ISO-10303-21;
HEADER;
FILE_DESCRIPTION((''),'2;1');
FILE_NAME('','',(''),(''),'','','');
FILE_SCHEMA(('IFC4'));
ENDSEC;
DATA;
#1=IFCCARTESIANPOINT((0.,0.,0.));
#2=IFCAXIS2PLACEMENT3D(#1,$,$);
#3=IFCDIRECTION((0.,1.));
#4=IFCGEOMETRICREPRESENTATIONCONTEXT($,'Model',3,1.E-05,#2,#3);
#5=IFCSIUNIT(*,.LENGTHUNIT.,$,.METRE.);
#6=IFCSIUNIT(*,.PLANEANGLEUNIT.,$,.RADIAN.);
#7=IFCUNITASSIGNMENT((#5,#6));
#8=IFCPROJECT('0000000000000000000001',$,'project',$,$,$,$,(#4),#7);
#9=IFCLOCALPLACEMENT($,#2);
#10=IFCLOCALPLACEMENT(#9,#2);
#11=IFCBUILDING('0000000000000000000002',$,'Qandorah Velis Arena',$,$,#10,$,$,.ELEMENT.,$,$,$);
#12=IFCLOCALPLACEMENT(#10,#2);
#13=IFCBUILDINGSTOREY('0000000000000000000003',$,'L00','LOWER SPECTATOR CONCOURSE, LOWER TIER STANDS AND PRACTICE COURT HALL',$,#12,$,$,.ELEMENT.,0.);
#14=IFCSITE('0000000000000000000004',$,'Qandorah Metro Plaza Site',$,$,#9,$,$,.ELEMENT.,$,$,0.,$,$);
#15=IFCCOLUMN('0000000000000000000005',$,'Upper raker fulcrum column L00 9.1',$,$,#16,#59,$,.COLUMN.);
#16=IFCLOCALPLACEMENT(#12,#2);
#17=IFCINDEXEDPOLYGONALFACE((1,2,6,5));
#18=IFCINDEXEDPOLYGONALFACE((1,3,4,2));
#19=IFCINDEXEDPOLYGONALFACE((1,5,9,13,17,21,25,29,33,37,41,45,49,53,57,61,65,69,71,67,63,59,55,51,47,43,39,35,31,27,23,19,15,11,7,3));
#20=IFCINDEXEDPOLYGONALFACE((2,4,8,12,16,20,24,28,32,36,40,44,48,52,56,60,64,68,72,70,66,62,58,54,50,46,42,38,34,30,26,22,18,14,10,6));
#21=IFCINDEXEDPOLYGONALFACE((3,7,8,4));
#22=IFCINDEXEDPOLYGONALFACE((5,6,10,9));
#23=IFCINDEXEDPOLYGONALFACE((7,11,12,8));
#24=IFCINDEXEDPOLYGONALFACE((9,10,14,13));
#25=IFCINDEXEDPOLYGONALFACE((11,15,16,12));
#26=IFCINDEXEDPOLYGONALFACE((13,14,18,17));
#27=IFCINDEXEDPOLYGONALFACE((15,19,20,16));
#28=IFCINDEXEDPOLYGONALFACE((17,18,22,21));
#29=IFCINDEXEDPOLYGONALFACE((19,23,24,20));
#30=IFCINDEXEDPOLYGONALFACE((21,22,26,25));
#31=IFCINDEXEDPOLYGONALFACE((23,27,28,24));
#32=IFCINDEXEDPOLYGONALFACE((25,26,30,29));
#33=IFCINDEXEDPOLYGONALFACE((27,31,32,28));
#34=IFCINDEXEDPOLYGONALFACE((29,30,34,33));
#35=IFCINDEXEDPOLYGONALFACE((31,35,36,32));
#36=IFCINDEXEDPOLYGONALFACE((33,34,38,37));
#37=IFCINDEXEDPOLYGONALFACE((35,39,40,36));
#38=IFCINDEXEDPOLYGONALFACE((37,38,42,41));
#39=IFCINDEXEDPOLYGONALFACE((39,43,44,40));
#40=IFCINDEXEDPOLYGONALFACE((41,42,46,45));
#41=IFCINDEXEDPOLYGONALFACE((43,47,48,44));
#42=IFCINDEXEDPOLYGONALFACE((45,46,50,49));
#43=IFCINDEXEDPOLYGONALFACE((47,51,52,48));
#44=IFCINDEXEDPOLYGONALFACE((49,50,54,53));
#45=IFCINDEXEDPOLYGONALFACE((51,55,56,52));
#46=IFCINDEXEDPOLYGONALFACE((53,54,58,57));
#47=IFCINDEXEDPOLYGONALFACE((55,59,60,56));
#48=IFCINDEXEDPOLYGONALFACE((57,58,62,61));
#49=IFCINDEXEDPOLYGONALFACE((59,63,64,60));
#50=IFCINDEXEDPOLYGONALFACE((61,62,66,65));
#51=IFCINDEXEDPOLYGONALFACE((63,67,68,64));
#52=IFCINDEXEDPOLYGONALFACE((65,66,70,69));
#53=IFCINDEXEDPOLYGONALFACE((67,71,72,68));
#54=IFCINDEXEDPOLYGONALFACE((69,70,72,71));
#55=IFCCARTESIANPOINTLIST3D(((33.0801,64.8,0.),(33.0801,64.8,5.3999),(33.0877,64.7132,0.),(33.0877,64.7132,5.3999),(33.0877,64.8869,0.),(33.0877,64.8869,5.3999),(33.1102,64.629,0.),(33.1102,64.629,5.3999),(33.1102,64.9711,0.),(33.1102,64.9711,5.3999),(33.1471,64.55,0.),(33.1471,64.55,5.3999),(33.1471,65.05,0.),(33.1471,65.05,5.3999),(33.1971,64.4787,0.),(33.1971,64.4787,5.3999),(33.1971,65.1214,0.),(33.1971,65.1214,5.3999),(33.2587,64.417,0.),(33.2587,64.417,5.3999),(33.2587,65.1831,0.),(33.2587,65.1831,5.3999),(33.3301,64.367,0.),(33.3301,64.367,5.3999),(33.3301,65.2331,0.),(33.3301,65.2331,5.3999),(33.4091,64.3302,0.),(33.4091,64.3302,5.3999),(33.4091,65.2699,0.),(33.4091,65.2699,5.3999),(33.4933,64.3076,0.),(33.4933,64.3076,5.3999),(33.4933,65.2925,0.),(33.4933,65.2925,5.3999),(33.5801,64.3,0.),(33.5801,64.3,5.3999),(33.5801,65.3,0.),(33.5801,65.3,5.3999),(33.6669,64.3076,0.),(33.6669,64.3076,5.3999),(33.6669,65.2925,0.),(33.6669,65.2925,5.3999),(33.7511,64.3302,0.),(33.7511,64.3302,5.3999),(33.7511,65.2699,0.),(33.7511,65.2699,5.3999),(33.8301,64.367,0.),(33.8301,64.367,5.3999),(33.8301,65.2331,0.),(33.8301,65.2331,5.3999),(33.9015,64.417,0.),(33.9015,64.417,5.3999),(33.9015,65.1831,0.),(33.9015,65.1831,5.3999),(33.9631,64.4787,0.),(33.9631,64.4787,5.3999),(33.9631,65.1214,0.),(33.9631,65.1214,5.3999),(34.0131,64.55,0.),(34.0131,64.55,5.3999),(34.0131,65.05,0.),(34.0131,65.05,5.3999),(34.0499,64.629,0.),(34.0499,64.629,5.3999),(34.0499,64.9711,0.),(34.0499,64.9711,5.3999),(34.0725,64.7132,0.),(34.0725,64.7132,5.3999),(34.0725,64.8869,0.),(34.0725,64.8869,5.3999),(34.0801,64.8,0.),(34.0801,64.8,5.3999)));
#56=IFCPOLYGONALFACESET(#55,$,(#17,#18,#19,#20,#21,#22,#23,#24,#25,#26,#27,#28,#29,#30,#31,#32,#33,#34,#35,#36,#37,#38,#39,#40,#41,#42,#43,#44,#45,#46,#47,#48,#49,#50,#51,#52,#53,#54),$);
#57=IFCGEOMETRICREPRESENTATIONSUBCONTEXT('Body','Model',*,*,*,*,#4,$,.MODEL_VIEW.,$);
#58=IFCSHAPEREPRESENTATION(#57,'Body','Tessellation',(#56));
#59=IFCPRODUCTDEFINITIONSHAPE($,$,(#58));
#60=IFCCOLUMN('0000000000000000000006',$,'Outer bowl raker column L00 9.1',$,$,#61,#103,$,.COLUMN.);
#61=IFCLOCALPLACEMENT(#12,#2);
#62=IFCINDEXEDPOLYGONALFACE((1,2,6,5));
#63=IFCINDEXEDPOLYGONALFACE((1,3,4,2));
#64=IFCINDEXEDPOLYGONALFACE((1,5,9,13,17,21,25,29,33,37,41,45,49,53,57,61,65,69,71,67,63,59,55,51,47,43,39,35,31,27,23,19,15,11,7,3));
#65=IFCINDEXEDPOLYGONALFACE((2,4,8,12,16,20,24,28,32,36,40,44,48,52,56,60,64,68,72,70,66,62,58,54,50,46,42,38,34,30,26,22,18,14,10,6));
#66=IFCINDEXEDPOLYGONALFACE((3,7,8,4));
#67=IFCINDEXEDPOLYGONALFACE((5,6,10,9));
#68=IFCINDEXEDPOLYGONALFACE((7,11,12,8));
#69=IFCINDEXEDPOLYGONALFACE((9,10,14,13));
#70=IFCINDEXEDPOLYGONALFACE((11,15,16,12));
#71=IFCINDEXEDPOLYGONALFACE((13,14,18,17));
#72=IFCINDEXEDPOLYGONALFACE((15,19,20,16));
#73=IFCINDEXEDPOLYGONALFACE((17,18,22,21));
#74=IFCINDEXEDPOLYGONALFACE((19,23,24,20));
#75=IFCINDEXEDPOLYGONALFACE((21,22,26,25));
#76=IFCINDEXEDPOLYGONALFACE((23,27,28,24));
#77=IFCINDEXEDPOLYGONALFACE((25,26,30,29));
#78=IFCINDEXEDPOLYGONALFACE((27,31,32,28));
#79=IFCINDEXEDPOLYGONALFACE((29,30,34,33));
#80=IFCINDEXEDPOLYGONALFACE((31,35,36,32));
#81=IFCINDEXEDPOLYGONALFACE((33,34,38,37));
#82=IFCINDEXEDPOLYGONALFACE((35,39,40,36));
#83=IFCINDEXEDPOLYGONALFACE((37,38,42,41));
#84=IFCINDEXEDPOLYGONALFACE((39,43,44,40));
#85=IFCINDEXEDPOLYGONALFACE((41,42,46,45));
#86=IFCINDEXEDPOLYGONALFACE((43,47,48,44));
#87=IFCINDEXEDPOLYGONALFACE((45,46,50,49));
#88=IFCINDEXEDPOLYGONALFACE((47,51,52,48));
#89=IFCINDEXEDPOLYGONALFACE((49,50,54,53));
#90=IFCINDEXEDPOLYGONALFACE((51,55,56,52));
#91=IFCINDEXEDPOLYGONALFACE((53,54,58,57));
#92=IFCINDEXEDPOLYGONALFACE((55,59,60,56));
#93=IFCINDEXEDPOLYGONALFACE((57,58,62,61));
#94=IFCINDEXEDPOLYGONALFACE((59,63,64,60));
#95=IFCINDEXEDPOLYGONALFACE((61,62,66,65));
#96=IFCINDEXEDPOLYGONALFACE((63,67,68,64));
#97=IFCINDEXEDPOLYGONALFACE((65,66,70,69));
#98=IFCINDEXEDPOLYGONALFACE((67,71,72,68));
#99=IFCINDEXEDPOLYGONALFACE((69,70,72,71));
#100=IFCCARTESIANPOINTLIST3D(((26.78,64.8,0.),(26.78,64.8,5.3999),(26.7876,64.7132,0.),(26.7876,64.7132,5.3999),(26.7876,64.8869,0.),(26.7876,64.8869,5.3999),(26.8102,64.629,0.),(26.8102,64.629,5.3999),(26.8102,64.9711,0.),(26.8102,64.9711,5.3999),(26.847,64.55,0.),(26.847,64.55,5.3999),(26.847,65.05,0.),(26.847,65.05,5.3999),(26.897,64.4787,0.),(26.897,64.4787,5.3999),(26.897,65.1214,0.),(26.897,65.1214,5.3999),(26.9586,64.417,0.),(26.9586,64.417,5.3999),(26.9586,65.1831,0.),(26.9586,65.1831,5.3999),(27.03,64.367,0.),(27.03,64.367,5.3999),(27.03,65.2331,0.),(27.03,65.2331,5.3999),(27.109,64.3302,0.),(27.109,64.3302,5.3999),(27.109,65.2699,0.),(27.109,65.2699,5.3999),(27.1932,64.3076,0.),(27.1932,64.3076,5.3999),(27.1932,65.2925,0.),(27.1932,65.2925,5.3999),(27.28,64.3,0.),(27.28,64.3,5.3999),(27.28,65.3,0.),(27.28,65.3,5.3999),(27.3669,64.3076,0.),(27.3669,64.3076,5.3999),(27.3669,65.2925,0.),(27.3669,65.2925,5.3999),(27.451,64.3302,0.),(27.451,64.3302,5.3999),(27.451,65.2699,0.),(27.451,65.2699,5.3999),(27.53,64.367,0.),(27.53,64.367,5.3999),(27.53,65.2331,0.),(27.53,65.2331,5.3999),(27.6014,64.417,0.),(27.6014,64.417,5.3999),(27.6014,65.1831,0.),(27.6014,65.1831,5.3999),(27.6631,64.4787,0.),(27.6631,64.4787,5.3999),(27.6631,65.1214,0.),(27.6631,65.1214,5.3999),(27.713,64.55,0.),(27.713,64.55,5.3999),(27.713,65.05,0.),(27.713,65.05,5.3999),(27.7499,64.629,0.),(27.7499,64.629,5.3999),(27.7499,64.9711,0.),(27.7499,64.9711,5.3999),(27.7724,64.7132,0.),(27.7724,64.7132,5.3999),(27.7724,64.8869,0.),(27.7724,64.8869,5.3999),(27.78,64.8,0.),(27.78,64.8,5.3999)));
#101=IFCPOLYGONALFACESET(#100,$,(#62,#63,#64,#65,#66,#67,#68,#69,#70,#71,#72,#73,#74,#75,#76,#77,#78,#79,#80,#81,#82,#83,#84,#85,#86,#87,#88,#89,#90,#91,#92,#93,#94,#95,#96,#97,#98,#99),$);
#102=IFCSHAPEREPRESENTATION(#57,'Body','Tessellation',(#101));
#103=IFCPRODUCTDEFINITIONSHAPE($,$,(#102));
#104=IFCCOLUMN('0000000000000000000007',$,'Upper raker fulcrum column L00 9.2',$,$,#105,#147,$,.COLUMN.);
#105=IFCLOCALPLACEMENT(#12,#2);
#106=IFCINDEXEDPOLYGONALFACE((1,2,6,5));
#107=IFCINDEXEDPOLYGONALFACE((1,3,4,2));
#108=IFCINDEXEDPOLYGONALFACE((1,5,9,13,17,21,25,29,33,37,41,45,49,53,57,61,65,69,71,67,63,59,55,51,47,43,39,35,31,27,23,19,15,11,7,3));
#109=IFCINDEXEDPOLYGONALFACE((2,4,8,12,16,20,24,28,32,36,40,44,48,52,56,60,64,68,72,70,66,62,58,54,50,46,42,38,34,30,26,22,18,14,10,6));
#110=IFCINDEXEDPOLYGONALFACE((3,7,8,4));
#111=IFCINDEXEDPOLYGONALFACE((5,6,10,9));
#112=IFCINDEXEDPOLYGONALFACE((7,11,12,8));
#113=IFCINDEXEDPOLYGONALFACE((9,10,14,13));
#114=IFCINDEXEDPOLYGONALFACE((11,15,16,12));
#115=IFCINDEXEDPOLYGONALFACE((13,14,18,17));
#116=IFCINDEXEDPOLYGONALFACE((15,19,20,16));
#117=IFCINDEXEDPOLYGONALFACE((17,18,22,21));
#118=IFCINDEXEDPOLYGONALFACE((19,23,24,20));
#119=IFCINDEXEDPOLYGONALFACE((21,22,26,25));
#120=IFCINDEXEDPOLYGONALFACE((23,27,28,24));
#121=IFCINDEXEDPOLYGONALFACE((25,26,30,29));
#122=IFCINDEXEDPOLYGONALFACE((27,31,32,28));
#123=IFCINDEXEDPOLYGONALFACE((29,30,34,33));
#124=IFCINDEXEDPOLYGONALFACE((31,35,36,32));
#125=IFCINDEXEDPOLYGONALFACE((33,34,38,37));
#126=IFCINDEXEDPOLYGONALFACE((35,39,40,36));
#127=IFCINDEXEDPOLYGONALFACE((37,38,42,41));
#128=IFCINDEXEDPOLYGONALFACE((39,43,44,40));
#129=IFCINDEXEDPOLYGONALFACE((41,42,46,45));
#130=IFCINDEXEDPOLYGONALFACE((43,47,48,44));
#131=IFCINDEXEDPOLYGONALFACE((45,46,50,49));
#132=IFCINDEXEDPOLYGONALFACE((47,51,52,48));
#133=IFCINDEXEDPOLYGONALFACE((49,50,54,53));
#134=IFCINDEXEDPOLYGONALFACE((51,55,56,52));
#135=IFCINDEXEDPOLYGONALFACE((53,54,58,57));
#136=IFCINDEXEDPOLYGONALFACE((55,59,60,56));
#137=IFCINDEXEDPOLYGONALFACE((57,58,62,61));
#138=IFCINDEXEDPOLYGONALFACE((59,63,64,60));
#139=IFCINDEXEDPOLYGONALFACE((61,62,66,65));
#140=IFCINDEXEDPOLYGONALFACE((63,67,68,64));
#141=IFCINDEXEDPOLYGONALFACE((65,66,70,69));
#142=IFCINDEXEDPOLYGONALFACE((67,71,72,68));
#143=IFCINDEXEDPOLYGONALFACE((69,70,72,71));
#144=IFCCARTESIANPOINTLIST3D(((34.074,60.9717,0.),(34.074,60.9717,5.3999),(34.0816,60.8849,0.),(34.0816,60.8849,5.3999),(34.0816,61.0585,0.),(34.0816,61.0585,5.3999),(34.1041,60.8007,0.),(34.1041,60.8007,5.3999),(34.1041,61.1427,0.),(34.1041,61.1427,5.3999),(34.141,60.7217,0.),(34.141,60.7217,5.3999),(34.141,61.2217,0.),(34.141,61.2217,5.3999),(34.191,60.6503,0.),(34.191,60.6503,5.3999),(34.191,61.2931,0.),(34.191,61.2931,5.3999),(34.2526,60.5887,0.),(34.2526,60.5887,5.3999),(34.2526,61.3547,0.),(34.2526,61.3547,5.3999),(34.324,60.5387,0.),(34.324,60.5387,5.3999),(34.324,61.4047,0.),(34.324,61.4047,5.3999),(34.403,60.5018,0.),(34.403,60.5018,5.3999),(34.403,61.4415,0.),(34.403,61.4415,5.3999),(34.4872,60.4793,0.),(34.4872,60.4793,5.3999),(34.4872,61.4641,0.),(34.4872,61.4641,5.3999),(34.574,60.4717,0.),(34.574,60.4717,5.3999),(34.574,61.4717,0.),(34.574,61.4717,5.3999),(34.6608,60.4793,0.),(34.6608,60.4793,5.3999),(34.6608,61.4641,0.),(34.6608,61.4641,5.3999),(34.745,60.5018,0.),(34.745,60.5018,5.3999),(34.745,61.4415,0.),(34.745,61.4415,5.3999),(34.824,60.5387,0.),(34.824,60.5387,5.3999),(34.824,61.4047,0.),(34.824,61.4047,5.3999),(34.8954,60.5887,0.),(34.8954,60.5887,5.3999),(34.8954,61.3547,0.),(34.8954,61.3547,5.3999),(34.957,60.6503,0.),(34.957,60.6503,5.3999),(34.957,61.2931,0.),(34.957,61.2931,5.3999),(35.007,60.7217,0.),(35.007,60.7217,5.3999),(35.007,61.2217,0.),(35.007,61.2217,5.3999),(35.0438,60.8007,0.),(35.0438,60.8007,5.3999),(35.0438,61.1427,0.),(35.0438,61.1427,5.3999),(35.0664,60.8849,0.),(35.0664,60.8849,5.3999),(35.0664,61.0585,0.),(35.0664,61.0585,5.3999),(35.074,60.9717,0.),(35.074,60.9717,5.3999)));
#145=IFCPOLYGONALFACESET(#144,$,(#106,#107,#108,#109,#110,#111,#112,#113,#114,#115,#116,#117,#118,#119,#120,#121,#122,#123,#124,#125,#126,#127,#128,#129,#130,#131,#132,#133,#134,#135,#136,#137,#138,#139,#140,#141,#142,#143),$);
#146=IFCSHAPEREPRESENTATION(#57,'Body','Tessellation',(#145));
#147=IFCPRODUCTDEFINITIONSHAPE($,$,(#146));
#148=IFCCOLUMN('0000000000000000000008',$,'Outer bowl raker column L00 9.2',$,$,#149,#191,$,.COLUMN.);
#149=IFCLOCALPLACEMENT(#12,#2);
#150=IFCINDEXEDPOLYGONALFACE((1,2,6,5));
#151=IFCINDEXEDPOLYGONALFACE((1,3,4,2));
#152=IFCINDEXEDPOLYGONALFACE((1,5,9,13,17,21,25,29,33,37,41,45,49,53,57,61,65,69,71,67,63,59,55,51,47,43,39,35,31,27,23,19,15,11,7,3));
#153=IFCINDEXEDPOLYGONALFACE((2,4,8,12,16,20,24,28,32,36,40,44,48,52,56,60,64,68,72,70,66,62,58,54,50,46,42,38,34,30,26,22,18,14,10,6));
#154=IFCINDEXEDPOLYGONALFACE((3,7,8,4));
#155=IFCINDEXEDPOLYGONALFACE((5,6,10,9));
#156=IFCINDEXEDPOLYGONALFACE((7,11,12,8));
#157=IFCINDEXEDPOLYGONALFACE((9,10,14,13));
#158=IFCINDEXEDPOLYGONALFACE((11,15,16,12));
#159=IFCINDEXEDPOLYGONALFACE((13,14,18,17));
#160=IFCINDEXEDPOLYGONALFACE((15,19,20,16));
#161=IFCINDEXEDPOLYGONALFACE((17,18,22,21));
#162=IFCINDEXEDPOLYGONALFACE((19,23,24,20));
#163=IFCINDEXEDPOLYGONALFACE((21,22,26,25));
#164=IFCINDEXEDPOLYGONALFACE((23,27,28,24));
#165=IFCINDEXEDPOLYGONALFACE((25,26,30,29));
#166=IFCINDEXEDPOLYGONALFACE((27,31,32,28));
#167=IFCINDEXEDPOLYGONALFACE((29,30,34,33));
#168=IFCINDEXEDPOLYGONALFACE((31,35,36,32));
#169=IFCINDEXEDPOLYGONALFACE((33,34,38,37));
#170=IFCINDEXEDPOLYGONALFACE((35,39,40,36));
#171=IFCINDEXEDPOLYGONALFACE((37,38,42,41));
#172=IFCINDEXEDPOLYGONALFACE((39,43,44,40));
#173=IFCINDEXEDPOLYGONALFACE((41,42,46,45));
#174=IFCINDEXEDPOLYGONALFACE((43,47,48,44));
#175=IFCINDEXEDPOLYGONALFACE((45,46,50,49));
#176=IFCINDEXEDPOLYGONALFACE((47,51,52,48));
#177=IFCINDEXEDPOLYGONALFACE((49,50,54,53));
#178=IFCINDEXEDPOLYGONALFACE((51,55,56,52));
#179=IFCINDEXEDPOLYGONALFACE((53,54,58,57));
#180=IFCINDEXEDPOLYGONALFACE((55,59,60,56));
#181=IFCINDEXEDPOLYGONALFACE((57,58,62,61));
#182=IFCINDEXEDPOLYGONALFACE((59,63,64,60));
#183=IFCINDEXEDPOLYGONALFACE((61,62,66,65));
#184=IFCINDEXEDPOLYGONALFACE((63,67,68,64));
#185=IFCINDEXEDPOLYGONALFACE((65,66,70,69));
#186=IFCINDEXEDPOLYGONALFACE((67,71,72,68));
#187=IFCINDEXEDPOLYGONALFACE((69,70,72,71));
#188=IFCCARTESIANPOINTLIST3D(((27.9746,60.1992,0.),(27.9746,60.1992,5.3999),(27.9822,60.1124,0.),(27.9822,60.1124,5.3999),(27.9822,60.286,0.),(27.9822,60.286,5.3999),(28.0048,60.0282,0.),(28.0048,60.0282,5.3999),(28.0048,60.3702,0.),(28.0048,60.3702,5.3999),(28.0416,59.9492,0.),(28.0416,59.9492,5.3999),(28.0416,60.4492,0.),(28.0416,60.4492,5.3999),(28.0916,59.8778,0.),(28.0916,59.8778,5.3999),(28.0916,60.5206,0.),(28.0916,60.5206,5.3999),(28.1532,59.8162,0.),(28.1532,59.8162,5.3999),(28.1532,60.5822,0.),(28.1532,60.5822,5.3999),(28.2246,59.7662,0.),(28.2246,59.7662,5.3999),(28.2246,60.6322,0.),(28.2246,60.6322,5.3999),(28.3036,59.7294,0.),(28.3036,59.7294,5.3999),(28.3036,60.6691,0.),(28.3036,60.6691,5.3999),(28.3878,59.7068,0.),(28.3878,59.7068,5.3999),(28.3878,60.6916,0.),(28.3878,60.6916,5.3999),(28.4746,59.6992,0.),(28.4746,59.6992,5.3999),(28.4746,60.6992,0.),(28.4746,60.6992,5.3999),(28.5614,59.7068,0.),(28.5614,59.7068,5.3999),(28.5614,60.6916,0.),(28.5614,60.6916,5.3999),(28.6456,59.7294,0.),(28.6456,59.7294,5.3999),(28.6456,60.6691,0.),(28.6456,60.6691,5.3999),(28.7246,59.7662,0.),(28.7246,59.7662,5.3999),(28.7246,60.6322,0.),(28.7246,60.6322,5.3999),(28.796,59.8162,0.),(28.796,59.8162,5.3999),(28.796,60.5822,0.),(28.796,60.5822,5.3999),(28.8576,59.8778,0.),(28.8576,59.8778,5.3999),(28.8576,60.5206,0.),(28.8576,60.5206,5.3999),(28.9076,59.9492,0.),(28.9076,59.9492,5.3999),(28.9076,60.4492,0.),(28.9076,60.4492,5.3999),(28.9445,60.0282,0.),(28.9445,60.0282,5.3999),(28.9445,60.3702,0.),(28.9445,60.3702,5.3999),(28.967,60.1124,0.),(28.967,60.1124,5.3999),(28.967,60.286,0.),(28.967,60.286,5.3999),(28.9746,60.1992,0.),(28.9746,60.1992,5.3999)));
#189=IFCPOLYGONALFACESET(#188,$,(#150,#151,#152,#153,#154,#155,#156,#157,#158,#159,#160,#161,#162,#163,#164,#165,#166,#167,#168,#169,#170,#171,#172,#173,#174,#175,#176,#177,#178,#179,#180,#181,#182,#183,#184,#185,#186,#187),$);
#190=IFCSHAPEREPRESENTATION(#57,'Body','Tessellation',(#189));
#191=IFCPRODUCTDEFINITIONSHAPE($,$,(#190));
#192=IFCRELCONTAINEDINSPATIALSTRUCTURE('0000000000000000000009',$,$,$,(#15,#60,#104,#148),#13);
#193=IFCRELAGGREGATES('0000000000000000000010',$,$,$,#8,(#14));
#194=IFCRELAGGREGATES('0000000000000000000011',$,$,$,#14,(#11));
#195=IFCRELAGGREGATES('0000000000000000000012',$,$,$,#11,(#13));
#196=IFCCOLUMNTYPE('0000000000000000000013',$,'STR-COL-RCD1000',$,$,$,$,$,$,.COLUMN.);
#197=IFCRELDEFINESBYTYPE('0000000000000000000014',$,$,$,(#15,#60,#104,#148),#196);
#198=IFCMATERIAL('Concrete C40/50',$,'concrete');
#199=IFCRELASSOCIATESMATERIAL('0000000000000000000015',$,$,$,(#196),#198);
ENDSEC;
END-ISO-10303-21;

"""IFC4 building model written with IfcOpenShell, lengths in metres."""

from ifc_helpers import new_model, si_unit, direction, frame, origin, origin_2d, place, context, subcontext, project, spatial, circle, extrude, material, material_profile, profile_set, type_object, element, save


model = new_model("IFC4")

# Units and contexts
model_context = context("Model", 3, precision=1e-05, world=origin(), true_north=direction((0.0, 1.0)))
body_context = subcontext(model_context, "Body", "Model", "MODEL_VIEW")
ifc_project = project(units=[si_unit("LENGTHUNIT", "METRE"), si_unit("PLANEANGLEUNIT", "RADIAN")], contexts=[model_context])

# Site, building, storey
site_placement = place(None, origin())
site = spatial("IfcSite", under=ifc_project, at=site_placement, Name="Qandorah Metro Plaza Site", CompositionType="ELEMENT", RefElevation=0.0)
building_placement = place(site_placement, origin())
building = spatial("IfcBuilding", under=site, at=building_placement, Name="Qandorah Velis Arena", CompositionType="ELEMENT")
storey_placement = place(building_placement, origin())
storey = spatial("IfcBuildingStorey", under=building, at=storey_placement, Name="L00", Description="LOWER SPECTATOR CONCOURSE, LOWER TIER STANDS AND PRACTICE COURT HALL", CompositionType="ELEMENT", Elevation=0.0)

# Columns
ifc_material_1 = material(Name="Concrete C40/50", Category="concrete")
ifc_material_profile_1 = material_profile(ifc_material_1, circle(Radius=0.5, at=origin_2d()), Name="RC D1000")
ifc_profile_set_1 = profile_set([ifc_material_profile_1], Name="Concrete C40/50")
column_type_1 = type_object("IfcColumnType", Name="STR-COL-RCD1000", PredefinedType="COLUMN", material=ifc_profile_set_1)
for number, where, z_axis, x_axis, name in (
    (1, (33.5801, 64.8, 0.0), (0.0, 0.0, 1.0), (1.0, 0.0, 0.0), "Upper raker fulcrum column L00 9.1"),
    (2, (27.28, 64.8, 0.0), (0.0, 0.0, 1.0), (1.0, 0.0, 0.0), "Outer bowl raker column L00 9.1"),
    (3, (34.574, 60.9717, 0.0), (0.0, 0.0, 1.0), (1.0, 0.0, 0.0), "Upper raker fulcrum column L00 9.2"),
    (4, (28.4746, 60.1992, 0.0), (0.0, 0.0, 1.0), (1.0, 0.0, 0.0), "Outer bowl raker column L00 9.2"),
):
    element("IfcColumn", number, at=place(storey_placement, frame(where, z_axis=z_axis, x_axis=x_axis)), inside=storey, type_object=column_type_1, Name=name, PredefinedType="COLUMN", context=body_context, shape_type="SweptSolid", body=[
        extrude(circle(Radius=0.5, at=origin_2d()), origin(), (0.0, 0.0, 1.0), 5.3999),
    ])

save(model, "model.ifc")
